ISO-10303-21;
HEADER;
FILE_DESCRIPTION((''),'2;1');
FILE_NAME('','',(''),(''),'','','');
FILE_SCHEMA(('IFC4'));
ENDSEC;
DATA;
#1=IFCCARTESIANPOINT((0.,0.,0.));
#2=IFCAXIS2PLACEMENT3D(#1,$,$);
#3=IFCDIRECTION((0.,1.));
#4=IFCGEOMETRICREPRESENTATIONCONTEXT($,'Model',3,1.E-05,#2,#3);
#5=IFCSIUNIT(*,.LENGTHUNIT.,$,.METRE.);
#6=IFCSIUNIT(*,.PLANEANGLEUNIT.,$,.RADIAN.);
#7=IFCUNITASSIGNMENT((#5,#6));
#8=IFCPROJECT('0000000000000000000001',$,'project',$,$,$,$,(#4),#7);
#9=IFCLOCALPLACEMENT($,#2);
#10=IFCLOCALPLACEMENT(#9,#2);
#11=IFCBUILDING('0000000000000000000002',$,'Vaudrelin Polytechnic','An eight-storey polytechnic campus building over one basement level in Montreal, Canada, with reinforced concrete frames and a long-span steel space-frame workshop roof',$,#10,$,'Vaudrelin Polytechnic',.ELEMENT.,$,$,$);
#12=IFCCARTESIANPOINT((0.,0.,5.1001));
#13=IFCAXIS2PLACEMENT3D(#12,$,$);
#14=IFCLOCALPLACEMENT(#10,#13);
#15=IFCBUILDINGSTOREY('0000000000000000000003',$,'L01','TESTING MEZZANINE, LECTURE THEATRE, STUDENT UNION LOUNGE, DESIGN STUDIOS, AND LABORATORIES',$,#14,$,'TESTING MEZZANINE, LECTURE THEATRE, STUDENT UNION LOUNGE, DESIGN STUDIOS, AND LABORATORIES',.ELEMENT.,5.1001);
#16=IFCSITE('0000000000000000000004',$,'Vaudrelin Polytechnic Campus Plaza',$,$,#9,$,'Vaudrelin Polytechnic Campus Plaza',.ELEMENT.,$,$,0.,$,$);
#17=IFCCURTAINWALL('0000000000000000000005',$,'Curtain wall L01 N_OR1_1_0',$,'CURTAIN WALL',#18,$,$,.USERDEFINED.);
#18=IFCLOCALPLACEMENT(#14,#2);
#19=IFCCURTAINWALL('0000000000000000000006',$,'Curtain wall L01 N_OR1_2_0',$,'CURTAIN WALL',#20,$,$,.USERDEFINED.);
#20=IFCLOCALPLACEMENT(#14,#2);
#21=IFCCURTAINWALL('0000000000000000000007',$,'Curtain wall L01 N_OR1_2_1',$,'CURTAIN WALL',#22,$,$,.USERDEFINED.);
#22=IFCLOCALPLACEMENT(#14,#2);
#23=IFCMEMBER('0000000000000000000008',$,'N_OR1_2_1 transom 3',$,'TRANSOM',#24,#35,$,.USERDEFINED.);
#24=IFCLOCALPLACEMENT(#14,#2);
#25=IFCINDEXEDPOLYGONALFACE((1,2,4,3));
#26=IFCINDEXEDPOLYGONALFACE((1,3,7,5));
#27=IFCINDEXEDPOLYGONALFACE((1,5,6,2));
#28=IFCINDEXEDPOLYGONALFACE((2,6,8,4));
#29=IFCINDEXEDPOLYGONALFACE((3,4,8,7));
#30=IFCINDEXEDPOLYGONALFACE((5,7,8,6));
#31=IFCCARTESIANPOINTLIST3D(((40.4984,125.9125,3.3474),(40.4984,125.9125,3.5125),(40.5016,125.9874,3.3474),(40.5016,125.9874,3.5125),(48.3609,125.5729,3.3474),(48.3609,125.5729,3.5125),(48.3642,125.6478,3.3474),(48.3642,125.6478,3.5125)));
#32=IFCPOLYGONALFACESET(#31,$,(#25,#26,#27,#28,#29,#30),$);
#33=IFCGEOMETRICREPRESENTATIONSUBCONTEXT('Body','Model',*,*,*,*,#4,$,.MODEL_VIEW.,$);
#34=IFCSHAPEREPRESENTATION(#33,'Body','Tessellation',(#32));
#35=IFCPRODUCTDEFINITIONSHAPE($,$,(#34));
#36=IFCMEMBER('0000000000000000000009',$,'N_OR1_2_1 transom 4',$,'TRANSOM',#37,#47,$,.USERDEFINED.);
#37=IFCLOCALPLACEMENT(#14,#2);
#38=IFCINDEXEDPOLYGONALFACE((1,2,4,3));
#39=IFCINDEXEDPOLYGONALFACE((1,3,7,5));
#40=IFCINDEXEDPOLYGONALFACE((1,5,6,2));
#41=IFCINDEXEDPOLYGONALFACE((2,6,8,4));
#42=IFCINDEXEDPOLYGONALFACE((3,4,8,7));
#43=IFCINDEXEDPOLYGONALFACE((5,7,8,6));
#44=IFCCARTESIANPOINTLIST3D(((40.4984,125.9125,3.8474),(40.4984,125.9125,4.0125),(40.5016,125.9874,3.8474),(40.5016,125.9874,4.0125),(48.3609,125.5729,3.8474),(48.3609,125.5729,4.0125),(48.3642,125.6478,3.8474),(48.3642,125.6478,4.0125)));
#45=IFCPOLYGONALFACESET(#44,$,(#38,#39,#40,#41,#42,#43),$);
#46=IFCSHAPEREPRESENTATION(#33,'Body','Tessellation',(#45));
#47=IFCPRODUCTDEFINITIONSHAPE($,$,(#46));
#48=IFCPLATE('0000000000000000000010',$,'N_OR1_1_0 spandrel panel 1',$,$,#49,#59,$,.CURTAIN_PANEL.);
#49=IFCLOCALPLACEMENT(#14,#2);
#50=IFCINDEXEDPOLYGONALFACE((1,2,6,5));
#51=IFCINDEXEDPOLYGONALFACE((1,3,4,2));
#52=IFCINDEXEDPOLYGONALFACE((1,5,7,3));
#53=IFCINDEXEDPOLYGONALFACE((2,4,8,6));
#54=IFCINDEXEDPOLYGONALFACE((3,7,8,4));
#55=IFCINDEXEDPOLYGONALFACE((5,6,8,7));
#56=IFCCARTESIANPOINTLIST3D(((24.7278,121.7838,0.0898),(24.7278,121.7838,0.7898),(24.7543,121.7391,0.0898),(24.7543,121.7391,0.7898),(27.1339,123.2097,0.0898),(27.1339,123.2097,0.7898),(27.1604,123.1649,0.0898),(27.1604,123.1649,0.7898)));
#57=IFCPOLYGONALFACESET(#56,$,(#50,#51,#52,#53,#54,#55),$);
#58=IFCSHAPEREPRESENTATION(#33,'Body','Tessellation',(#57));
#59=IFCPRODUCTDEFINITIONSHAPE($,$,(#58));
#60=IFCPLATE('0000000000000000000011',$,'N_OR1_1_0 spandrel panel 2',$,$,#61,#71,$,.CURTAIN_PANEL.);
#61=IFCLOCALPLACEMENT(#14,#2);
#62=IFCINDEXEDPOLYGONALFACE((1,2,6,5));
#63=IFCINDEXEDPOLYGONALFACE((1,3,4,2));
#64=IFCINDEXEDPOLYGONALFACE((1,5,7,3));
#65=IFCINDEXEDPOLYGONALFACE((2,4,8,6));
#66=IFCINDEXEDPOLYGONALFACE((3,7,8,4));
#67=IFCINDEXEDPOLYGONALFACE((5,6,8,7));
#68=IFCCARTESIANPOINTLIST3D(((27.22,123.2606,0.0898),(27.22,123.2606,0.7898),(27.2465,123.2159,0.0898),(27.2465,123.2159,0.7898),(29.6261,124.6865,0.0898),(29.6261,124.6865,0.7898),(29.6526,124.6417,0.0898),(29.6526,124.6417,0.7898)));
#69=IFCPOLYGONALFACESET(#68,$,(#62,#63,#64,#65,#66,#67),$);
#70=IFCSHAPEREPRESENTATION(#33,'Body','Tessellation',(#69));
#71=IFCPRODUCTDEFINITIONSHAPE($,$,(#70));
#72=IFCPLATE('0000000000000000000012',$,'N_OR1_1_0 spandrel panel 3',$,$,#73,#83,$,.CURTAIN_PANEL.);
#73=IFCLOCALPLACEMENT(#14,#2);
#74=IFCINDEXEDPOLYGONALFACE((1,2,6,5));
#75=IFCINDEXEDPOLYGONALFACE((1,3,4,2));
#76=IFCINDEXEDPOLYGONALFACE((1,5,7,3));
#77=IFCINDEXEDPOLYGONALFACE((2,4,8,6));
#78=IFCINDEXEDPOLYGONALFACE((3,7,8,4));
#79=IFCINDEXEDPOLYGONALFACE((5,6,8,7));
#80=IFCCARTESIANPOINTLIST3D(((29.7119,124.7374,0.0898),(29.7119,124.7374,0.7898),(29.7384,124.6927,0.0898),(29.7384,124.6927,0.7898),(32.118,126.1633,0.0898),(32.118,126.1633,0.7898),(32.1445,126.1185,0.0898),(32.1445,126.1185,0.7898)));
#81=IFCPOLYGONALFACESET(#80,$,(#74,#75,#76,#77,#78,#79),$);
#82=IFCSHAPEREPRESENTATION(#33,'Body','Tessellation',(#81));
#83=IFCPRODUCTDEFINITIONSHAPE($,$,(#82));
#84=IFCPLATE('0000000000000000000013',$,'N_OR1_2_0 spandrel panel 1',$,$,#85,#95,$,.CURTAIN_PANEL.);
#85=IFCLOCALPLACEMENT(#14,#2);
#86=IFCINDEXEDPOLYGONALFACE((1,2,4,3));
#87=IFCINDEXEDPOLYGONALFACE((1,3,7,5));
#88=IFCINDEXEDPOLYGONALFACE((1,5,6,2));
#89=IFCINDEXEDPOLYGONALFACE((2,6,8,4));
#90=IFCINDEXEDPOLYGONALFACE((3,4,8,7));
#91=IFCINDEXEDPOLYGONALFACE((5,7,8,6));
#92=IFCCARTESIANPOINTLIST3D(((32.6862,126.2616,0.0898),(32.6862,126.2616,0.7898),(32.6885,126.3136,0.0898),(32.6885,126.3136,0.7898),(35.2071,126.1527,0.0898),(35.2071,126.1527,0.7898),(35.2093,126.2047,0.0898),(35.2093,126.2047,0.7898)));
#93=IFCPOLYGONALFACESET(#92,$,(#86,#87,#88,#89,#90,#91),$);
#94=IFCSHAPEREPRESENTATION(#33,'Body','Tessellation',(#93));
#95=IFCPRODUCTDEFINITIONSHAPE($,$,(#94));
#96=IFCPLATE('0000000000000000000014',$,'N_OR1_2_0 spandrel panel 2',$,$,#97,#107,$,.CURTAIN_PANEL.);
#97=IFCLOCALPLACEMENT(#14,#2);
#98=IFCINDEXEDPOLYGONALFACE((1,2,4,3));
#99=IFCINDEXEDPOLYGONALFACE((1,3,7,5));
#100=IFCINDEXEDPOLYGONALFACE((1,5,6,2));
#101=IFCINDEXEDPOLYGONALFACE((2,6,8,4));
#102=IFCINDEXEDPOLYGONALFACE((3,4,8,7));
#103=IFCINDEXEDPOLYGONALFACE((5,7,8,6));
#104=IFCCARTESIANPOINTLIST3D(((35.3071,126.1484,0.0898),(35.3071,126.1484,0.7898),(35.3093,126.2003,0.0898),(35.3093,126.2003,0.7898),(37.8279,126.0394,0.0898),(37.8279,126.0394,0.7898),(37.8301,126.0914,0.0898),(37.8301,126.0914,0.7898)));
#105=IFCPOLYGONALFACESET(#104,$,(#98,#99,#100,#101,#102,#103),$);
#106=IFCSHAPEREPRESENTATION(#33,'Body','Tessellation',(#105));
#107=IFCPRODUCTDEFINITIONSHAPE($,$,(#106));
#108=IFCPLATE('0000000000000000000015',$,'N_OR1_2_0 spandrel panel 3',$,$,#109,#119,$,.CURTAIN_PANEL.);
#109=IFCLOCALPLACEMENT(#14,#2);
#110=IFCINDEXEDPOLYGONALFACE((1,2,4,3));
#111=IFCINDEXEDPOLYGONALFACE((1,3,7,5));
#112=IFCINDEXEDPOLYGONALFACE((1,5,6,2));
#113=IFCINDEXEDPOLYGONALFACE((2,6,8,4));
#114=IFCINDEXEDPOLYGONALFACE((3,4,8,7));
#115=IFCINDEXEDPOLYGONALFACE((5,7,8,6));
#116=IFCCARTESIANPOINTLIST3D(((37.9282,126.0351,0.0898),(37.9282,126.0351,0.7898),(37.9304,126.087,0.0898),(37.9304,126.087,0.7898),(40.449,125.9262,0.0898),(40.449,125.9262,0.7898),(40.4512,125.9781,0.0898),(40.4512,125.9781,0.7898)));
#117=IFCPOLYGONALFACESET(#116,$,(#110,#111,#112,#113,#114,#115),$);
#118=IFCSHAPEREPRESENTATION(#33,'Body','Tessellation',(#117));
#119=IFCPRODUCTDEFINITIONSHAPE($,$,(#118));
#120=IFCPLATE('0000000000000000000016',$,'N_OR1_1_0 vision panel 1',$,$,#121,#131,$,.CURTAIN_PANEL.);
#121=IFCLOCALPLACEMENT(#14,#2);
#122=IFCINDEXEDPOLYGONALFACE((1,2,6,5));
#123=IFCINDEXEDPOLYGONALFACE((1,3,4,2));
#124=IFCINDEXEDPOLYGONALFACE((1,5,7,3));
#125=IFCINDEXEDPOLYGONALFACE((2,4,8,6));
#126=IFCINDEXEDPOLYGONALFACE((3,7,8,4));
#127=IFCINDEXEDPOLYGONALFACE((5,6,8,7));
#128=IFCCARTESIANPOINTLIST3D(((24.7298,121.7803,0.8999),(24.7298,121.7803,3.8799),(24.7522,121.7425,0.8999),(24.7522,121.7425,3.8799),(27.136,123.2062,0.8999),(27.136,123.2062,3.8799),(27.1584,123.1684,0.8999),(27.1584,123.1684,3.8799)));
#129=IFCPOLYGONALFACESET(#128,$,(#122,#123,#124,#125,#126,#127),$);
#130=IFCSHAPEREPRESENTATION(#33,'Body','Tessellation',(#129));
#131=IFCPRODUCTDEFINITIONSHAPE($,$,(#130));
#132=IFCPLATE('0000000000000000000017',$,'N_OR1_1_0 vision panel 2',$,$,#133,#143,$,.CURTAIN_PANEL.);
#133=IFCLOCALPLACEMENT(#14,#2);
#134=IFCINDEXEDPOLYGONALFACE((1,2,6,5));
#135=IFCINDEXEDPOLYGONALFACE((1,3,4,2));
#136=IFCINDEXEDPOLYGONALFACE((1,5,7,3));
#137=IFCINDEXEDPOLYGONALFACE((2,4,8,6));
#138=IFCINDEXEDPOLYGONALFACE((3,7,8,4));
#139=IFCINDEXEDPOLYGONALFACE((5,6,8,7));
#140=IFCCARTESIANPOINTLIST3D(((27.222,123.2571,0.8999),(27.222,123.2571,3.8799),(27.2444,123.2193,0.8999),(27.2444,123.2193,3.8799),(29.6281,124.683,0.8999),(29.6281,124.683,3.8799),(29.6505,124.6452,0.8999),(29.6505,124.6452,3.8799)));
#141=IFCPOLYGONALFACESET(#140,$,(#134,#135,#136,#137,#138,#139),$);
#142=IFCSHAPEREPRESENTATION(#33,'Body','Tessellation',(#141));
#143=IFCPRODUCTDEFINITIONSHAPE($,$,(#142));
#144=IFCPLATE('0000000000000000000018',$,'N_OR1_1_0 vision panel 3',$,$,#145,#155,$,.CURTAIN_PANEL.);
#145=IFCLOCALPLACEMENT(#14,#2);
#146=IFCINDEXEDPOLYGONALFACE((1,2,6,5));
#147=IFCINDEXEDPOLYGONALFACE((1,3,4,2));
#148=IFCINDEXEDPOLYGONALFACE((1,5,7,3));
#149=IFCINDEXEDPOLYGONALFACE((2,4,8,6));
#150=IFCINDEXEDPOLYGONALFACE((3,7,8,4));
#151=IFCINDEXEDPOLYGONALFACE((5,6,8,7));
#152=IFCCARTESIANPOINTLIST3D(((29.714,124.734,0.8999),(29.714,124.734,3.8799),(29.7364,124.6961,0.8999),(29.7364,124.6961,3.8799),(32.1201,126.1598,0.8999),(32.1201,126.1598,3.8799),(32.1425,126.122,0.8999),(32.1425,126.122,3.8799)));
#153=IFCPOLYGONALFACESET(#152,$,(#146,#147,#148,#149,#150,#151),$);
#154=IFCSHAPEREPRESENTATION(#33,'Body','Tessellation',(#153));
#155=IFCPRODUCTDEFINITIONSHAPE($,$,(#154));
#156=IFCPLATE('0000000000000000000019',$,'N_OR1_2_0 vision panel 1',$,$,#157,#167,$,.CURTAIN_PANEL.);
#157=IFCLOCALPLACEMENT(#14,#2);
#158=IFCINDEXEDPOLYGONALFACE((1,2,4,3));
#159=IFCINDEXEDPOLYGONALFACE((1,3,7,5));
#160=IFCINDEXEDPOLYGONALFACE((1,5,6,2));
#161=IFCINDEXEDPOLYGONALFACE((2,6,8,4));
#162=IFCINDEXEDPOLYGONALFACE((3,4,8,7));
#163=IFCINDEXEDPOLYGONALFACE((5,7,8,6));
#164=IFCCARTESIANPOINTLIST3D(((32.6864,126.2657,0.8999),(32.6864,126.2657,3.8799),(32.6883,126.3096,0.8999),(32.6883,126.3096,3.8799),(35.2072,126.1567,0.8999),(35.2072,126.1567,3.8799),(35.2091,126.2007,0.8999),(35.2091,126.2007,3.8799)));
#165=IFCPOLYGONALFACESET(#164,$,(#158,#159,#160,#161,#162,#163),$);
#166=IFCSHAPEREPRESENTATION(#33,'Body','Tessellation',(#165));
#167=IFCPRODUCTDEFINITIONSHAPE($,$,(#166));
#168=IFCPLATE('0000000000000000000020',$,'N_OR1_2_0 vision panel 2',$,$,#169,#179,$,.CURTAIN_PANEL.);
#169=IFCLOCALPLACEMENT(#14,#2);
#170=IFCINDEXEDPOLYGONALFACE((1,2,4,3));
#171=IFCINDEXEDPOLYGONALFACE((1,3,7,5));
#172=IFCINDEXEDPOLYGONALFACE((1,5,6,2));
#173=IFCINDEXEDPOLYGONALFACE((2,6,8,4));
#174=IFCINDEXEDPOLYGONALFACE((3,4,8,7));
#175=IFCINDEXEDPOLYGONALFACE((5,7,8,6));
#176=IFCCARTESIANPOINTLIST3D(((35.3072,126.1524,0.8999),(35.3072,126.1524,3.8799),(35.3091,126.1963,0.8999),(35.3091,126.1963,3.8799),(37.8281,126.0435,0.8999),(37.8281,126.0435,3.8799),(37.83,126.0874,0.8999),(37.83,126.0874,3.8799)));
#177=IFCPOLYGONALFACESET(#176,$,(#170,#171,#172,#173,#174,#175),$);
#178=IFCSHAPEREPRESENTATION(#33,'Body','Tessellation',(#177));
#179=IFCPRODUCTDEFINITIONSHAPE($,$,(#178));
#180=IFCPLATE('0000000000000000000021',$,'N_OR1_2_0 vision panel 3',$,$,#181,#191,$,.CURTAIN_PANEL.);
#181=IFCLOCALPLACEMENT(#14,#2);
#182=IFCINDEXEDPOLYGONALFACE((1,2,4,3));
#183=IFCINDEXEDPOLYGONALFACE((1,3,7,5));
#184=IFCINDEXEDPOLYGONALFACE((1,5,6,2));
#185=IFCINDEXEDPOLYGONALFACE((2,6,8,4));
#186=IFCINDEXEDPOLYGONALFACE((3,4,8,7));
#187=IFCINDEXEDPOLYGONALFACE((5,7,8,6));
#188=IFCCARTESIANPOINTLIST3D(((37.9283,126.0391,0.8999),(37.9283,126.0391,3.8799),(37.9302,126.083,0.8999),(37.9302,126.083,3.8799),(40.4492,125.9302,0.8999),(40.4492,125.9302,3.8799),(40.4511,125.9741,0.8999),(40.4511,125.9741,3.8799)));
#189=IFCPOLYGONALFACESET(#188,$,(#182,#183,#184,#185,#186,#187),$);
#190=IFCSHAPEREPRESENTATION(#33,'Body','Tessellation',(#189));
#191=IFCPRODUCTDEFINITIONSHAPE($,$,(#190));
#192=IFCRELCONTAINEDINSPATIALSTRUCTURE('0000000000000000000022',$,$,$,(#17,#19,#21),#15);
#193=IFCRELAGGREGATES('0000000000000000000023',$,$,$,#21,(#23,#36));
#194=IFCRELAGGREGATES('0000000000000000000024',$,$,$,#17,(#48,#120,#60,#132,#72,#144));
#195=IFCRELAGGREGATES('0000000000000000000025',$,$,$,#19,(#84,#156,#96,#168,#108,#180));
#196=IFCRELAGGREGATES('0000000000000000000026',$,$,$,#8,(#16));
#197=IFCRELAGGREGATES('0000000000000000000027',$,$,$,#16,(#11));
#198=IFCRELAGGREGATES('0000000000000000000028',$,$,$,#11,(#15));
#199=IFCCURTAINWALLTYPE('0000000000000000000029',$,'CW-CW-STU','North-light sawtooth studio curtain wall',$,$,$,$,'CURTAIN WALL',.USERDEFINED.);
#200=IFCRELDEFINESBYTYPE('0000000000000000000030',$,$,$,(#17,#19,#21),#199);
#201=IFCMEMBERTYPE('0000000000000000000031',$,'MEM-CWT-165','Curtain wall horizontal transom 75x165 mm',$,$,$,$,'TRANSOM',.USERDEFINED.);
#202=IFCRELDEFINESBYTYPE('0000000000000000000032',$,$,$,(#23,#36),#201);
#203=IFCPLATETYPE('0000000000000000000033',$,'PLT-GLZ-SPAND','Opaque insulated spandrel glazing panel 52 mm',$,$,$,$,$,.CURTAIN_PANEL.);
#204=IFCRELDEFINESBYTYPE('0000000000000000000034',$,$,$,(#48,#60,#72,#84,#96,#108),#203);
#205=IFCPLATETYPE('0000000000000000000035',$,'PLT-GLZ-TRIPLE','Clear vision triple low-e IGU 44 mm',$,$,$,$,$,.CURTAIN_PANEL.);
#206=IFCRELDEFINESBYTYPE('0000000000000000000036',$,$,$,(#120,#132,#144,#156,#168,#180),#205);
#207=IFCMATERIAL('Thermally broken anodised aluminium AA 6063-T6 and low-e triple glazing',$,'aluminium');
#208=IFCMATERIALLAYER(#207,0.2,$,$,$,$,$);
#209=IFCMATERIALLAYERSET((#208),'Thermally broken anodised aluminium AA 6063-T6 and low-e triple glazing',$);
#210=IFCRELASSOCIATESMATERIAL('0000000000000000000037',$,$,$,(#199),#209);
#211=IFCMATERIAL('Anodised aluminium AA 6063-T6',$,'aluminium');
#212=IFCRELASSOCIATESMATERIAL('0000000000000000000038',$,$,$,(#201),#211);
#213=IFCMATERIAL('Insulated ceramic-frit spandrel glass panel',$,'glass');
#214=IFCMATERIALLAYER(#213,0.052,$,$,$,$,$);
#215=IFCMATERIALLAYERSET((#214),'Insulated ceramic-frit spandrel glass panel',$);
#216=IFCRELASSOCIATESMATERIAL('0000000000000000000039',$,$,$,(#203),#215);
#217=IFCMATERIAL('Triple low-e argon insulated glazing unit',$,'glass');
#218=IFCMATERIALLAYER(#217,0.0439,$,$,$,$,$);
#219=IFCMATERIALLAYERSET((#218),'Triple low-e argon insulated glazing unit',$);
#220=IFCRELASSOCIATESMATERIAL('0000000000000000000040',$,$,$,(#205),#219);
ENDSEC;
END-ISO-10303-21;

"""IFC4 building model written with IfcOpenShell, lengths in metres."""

from ifc_helpers import new_model, si_unit, direction, frame, origin, origin_2d, place, context, subcontext, project, spatial, rectangle, extrude, material, layer, layer_set, material_profile, profile_set, type_object, element, aggregate, save


model = new_model("IFC4")

# Units and contexts
model_context = context("Model", 3, precision=1e-05, world=origin(), true_north=direction((0.0, 1.0)))
body_context = subcontext(model_context, "Body", "Model", "MODEL_VIEW")
ifc_project = project(units=[si_unit("LENGTHUNIT", "METRE"), si_unit("PLANEANGLEUNIT", "RADIAN")], contexts=[model_context])

# Site, building, storey
site_placement = place(None, origin())
site = spatial("IfcSite", under=ifc_project, at=site_placement, Name="Vaudrelin Polytechnic Campus Plaza", LongName="Vaudrelin Polytechnic Campus Plaza", CompositionType="ELEMENT", RefElevation=0.0)
building_placement = place(site_placement, origin())
building = spatial("IfcBuilding", under=site, at=building_placement, Name="Vaudrelin Polytechnic", Description="An eight-storey polytechnic campus building over one basement level in Montreal, Canada, with reinforced concrete frames and a long-span steel space-frame workshop roof", LongName="Vaudrelin Polytechnic", CompositionType="ELEMENT")
storey_placement = place(building_placement, frame((0.0, 0.0, 5.1001)))
storey = spatial("IfcBuildingStorey", under=building, at=storey_placement, Name="L01", Description="TESTING MEZZANINE, LECTURE THEATRE, STUDENT UNION LOUNGE, DESIGN STUDIOS, AND LABORATORIES", LongName="TESTING MEZZANINE, LECTURE THEATRE, STUDENT UNION LOUNGE, DESIGN STUDIOS, AND LABORATORIES", CompositionType="ELEMENT", Elevation=5.1001)

# Curtain walls
ifc_material_1 = material(Name="Thermally broken anodised aluminium AA 6063-T6 and low-e triple glazing", Category="aluminium")
ifc_layer_1 = layer(ifc_material_1, 0.2)
ifc_layer_set_1 = layer_set([ifc_layer_1], Name="Thermally broken anodised aluminium AA 6063-T6 and low-e triple glazing")
curtain_wall_type = type_object("IfcCurtainWallType", Name="CW-CW-STU", Description="North-light sawtooth studio curtain wall", ElementType="CURTAIN WALL", PredefinedType="USERDEFINED", material=ifc_layer_set_1)
curtain_wall_1_placement = place(storey_placement, origin())
curtain_wall_1 = element("IfcCurtainWall", 1, at=curtain_wall_1_placement, inside=storey, type_object=curtain_wall_type, Name="Curtain wall L01 N_OR1_1_0", ObjectType="CURTAIN WALL", PredefinedType="USERDEFINED")
ifc_material_2 = material(Name="Anodised aluminium AA 6063-T6", Category="aluminium")
curtain_wall_2_placement = place(storey_placement, origin())
curtain_wall_2 = element("IfcCurtainWall", 2, at=curtain_wall_2_placement, inside=storey, type_object=curtain_wall_type, Name="Curtain wall L01 N_OR1_2_0", ObjectType="CURTAIN WALL", PredefinedType="USERDEFINED")

# Curtain wall
curtain_wall_3_placement = place(storey_placement, origin())
curtain_wall_3 = element("IfcCurtainWall", 3, at=curtain_wall_3_placement, inside=storey, type_object=curtain_wall_type, Name="Curtain wall L01 N_OR1_2_1", ObjectType="CURTAIN WALL", PredefinedType="USERDEFINED")

# Members
ifc_material_profile_1 = material_profile(ifc_material_2, rectangle(XDim=0.075, YDim=0.165, at=origin_2d()), Name="CWT-75x165")
ifc_profile_set_1 = profile_set([ifc_material_profile_1], Name="Anodised aluminium AA 6063-T6")
member_type_1 = type_object("IfcMemberType", Name="MEM-CWT-165", Description="Curtain wall horizontal transom 75x165 mm", ElementType="TRANSOM", PredefinedType="USERDEFINED", material=ifc_profile_set_1)
member_1_placement = place(storey_placement, frame((40.5, 125.95, 3.4299), z_axis=(0.999069, -0.043152, 0.0), x_axis=(0.043152, 0.999069, 0.0)))
member_1 = element("IfcMember", 4, at=member_1_placement, type_object=member_type_1, Name="N_OR1_2_1 transom 3", ObjectType="TRANSOM", PredefinedType="USERDEFINED", context=body_context, shape_type="SweptSolid", body=[
    extrude(rectangle(XDim=0.075, YDim=0.165, at=origin_2d()), origin(), (0.0, 0.0, 1.0), 7.8699),
])
member_2_placement = place(storey_placement, frame((40.5, 125.95, 3.9299), z_axis=(0.999069, -0.043152, 0.0), x_axis=(0.043152, 0.999069, 0.0)))
member_2 = element("IfcMember", 5, at=member_2_placement, type_object=member_type_1, Name="N_OR1_2_1 transom 4", ObjectType="TRANSOM", PredefinedType="USERDEFINED", context=body_context, shape_type="SweptSolid", body=[
    extrude(rectangle(XDim=0.075, YDim=0.165, at=origin_2d()), origin(), (0.0, 0.0, 1.0), 7.8699),
])
aggregate(curtain_wall_3, [member_1, member_2])

# Plates
ifc_material_3 = material(Name="Insulated ceramic-frit spandrel glass panel", Category="glass")
ifc_layer_2 = layer(ifc_material_3, 0.052)
ifc_layer_set_2 = layer_set([ifc_layer_2], Name="Insulated ceramic-frit spandrel glass panel")
plate_type_1 = type_object("IfcPlateType", Name="PLT-GLZ-SPAND", Description="Opaque insulated spandrel glazing panel 52 mm", PredefinedType="CURTAIN_PANEL", material=ifc_layer_set_2)
plate_1_placement = place(storey_placement, frame((25.9441, 122.4744, 0.0898), z_axis=(0.0, 0.0, 1.0), x_axis=(0.860292, 0.509802, 0.0)))
plate_1 = element("IfcPlate", 6, at=plate_1_placement, type_object=plate_type_1, Name="N_OR1_1_0 spandrel panel 1", PredefinedType="CURTAIN_PANEL", context=body_context, shape_type="SweptSolid", body=[
    extrude(rectangle(XDim=2.7969, YDim=0.052, at=origin_2d()), origin(), (0.0, 0.0, 1.0), 0.7),
])
plate_2_placement = place(storey_placement, frame((28.4363, 123.9512, 0.0898), z_axis=(0.0, 0.0, 1.0), x_axis=(0.860292, 0.509802, 0.0)))
plate_2 = element("IfcPlate", 7, at=plate_2_placement, type_object=plate_type_1, Name="N_OR1_1_0 spandrel panel 2", PredefinedType="CURTAIN_PANEL", context=body_context, shape_type="SweptSolid", body=[
    extrude(rectangle(XDim=2.7969, YDim=0.052, at=origin_2d()), origin(), (0.0, 0.0, 1.0), 0.7),
])
plate_3_placement = place(storey_placement, frame((30.9282, 125.428, 0.0898), z_axis=(0.0, 0.0, 1.0), x_axis=(0.860292, 0.509802, 0.0)))
plate_3 = element("IfcPlate", 8, at=plate_3_placement, type_object=plate_type_1, Name="N_OR1_1_0 spandrel panel 3", PredefinedType="CURTAIN_PANEL", context=body_context, shape_type="SweptSolid", body=[
    extrude(rectangle(XDim=2.7969, YDim=0.052, at=origin_2d()), origin(), (0.0, 0.0, 1.0), 0.7),
])
plate_4_placement = place(storey_placement, frame((33.9478, 126.2332, 0.0898), z_axis=(0.0, 0.0, 1.0), x_axis=(0.999068, -0.043164, 0.0)))
plate_4 = element("IfcPlate", 9, at=plate_4_placement, type_object=plate_type_1, Name="N_OR1_2_0 spandrel panel 1", PredefinedType="CURTAIN_PANEL", context=body_context, shape_type="SweptSolid", body=[
    extrude(rectangle(XDim=2.5232, YDim=0.052, at=origin_2d()), origin(), (0.0, 0.0, 1.0), 0.7),
])
plate_5_placement = place(storey_placement, frame((36.5686, 126.1199, 0.0898), z_axis=(0.0, 0.0, 1.0), x_axis=(0.999068, -0.043164, 0.0)))
plate_5 = element("IfcPlate", 10, at=plate_5_placement, type_object=plate_type_1, Name="N_OR1_2_0 spandrel panel 2", PredefinedType="CURTAIN_PANEL", context=body_context, shape_type="SweptSolid", body=[
    extrude(rectangle(XDim=2.5232, YDim=0.052, at=origin_2d()), origin(), (0.0, 0.0, 1.0), 0.7),
])
plate_6_placement = place(storey_placement, frame((39.1897, 126.0066, 0.0898), z_axis=(0.0, 0.0, 1.0), x_axis=(0.999068, -0.043164, 0.0)))
plate_6 = element("IfcPlate", 11, at=plate_6_placement, type_object=plate_type_1, Name="N_OR1_2_0 spandrel panel 3", PredefinedType="CURTAIN_PANEL", context=body_context, shape_type="SweptSolid", body=[
    extrude(rectangle(XDim=2.5232, YDim=0.052, at=origin_2d()), origin(), (0.0, 0.0, 1.0), 0.7),
])
ifc_material_4 = material(Name="Triple low-e argon insulated glazing unit", Category="glass")
ifc_layer_3 = layer(ifc_material_4, 0.0439)
ifc_layer_set_3 = layer_set([ifc_layer_3], Name="Triple low-e argon insulated glazing unit")
plate_type_2 = type_object("IfcPlateType", Name="PLT-GLZ-TRIPLE", Description="Clear vision triple low-e IGU 44 mm", PredefinedType="CURTAIN_PANEL", material=ifc_layer_set_3)
plate_7_placement = place(storey_placement, frame((25.9441, 122.4744, 0.8999), z_axis=(0.0, 0.0, 1.0), x_axis=(0.860292, 0.509802, 0.0)))
plate_7 = element("IfcPlate", 12, at=plate_7_placement, type_object=plate_type_2, Name="N_OR1_1_0 vision panel 1", PredefinedType="CURTAIN_PANEL", context=body_context, shape_type="SweptSolid", body=[
    extrude(rectangle(XDim=2.7969, YDim=0.0439, at=origin_2d()), origin(), (0.0, 0.0, 1.0), 2.98),
])
plate_8_placement = place(storey_placement, frame((28.4363, 123.9512, 0.8999), z_axis=(0.0, 0.0, 1.0), x_axis=(0.860292, 0.509802, 0.0)))
plate_8 = element("IfcPlate", 13, at=plate_8_placement, type_object=plate_type_2, Name="N_OR1_1_0 vision panel 2", PredefinedType="CURTAIN_PANEL", context=body_context, shape_type="SweptSolid", body=[
    extrude(rectangle(XDim=2.7969, YDim=0.0439, at=origin_2d()), origin(), (0.0, 0.0, 1.0), 2.98),
])
plate_9_placement = place(storey_placement, frame((30.9282, 125.428, 0.8999), z_axis=(0.0, 0.0, 1.0), x_axis=(0.860292, 0.509802, 0.0)))
plate_9 = element("IfcPlate", 14, at=plate_9_placement, type_object=plate_type_2, Name="N_OR1_1_0 vision panel 3", PredefinedType="CURTAIN_PANEL", context=body_context, shape_type="SweptSolid", body=[
    extrude(rectangle(XDim=2.7969, YDim=0.0439, at=origin_2d()), origin(), (0.0, 0.0, 1.0), 2.98),
])
aggregate(curtain_wall_1, [plate_1, plate_7, plate_2, plate_8, plate_3, plate_9])
plate_10_placement = place(storey_placement, frame((33.9478, 126.2332, 0.8999), z_axis=(0.0, 0.0, 1.0), x_axis=(0.999068, -0.043164, 0.0)))
plate_10 = element("IfcPlate", 15, at=plate_10_placement, type_object=plate_type_2, Name="N_OR1_2_0 vision panel 1", PredefinedType="CURTAIN_PANEL", context=body_context, shape_type="SweptSolid", body=[
    extrude(rectangle(XDim=2.5232, YDim=0.0439, at=origin_2d()), origin(), (0.0, 0.0, 1.0), 2.98),
])
plate_11_placement = place(storey_placement, frame((36.5686, 126.1199, 0.8999), z_axis=(0.0, 0.0, 1.0), x_axis=(0.999068, -0.043164, 0.0)))
plate_11 = element("IfcPlate", 16, at=plate_11_placement, type_object=plate_type_2, Name="N_OR1_2_0 vision panel 2", PredefinedType="CURTAIN_PANEL", context=body_context, shape_type="SweptSolid", body=[
    extrude(rectangle(XDim=2.5232, YDim=0.0439, at=origin_2d()), origin(), (0.0, 0.0, 1.0), 2.98),
])
plate_12_placement = place(storey_placement, frame((39.1897, 126.0066, 0.8999), z_axis=(0.0, 0.0, 1.0), x_axis=(0.999068, -0.043164, 0.0)))
plate_12 = element("IfcPlate", 17, at=plate_12_placement, type_object=plate_type_2, Name="N_OR1_2_0 vision panel 3", PredefinedType="CURTAIN_PANEL", context=body_context, shape_type="SweptSolid", body=[
    extrude(rectangle(XDim=2.5232, YDim=0.0439, at=origin_2d()), origin(), (0.0, 0.0, 1.0), 2.98),
])
aggregate(curtain_wall_2, [plate_4, plate_10, plate_5, plate_11, plate_6, plate_12])

save(model, "model.ifc")
